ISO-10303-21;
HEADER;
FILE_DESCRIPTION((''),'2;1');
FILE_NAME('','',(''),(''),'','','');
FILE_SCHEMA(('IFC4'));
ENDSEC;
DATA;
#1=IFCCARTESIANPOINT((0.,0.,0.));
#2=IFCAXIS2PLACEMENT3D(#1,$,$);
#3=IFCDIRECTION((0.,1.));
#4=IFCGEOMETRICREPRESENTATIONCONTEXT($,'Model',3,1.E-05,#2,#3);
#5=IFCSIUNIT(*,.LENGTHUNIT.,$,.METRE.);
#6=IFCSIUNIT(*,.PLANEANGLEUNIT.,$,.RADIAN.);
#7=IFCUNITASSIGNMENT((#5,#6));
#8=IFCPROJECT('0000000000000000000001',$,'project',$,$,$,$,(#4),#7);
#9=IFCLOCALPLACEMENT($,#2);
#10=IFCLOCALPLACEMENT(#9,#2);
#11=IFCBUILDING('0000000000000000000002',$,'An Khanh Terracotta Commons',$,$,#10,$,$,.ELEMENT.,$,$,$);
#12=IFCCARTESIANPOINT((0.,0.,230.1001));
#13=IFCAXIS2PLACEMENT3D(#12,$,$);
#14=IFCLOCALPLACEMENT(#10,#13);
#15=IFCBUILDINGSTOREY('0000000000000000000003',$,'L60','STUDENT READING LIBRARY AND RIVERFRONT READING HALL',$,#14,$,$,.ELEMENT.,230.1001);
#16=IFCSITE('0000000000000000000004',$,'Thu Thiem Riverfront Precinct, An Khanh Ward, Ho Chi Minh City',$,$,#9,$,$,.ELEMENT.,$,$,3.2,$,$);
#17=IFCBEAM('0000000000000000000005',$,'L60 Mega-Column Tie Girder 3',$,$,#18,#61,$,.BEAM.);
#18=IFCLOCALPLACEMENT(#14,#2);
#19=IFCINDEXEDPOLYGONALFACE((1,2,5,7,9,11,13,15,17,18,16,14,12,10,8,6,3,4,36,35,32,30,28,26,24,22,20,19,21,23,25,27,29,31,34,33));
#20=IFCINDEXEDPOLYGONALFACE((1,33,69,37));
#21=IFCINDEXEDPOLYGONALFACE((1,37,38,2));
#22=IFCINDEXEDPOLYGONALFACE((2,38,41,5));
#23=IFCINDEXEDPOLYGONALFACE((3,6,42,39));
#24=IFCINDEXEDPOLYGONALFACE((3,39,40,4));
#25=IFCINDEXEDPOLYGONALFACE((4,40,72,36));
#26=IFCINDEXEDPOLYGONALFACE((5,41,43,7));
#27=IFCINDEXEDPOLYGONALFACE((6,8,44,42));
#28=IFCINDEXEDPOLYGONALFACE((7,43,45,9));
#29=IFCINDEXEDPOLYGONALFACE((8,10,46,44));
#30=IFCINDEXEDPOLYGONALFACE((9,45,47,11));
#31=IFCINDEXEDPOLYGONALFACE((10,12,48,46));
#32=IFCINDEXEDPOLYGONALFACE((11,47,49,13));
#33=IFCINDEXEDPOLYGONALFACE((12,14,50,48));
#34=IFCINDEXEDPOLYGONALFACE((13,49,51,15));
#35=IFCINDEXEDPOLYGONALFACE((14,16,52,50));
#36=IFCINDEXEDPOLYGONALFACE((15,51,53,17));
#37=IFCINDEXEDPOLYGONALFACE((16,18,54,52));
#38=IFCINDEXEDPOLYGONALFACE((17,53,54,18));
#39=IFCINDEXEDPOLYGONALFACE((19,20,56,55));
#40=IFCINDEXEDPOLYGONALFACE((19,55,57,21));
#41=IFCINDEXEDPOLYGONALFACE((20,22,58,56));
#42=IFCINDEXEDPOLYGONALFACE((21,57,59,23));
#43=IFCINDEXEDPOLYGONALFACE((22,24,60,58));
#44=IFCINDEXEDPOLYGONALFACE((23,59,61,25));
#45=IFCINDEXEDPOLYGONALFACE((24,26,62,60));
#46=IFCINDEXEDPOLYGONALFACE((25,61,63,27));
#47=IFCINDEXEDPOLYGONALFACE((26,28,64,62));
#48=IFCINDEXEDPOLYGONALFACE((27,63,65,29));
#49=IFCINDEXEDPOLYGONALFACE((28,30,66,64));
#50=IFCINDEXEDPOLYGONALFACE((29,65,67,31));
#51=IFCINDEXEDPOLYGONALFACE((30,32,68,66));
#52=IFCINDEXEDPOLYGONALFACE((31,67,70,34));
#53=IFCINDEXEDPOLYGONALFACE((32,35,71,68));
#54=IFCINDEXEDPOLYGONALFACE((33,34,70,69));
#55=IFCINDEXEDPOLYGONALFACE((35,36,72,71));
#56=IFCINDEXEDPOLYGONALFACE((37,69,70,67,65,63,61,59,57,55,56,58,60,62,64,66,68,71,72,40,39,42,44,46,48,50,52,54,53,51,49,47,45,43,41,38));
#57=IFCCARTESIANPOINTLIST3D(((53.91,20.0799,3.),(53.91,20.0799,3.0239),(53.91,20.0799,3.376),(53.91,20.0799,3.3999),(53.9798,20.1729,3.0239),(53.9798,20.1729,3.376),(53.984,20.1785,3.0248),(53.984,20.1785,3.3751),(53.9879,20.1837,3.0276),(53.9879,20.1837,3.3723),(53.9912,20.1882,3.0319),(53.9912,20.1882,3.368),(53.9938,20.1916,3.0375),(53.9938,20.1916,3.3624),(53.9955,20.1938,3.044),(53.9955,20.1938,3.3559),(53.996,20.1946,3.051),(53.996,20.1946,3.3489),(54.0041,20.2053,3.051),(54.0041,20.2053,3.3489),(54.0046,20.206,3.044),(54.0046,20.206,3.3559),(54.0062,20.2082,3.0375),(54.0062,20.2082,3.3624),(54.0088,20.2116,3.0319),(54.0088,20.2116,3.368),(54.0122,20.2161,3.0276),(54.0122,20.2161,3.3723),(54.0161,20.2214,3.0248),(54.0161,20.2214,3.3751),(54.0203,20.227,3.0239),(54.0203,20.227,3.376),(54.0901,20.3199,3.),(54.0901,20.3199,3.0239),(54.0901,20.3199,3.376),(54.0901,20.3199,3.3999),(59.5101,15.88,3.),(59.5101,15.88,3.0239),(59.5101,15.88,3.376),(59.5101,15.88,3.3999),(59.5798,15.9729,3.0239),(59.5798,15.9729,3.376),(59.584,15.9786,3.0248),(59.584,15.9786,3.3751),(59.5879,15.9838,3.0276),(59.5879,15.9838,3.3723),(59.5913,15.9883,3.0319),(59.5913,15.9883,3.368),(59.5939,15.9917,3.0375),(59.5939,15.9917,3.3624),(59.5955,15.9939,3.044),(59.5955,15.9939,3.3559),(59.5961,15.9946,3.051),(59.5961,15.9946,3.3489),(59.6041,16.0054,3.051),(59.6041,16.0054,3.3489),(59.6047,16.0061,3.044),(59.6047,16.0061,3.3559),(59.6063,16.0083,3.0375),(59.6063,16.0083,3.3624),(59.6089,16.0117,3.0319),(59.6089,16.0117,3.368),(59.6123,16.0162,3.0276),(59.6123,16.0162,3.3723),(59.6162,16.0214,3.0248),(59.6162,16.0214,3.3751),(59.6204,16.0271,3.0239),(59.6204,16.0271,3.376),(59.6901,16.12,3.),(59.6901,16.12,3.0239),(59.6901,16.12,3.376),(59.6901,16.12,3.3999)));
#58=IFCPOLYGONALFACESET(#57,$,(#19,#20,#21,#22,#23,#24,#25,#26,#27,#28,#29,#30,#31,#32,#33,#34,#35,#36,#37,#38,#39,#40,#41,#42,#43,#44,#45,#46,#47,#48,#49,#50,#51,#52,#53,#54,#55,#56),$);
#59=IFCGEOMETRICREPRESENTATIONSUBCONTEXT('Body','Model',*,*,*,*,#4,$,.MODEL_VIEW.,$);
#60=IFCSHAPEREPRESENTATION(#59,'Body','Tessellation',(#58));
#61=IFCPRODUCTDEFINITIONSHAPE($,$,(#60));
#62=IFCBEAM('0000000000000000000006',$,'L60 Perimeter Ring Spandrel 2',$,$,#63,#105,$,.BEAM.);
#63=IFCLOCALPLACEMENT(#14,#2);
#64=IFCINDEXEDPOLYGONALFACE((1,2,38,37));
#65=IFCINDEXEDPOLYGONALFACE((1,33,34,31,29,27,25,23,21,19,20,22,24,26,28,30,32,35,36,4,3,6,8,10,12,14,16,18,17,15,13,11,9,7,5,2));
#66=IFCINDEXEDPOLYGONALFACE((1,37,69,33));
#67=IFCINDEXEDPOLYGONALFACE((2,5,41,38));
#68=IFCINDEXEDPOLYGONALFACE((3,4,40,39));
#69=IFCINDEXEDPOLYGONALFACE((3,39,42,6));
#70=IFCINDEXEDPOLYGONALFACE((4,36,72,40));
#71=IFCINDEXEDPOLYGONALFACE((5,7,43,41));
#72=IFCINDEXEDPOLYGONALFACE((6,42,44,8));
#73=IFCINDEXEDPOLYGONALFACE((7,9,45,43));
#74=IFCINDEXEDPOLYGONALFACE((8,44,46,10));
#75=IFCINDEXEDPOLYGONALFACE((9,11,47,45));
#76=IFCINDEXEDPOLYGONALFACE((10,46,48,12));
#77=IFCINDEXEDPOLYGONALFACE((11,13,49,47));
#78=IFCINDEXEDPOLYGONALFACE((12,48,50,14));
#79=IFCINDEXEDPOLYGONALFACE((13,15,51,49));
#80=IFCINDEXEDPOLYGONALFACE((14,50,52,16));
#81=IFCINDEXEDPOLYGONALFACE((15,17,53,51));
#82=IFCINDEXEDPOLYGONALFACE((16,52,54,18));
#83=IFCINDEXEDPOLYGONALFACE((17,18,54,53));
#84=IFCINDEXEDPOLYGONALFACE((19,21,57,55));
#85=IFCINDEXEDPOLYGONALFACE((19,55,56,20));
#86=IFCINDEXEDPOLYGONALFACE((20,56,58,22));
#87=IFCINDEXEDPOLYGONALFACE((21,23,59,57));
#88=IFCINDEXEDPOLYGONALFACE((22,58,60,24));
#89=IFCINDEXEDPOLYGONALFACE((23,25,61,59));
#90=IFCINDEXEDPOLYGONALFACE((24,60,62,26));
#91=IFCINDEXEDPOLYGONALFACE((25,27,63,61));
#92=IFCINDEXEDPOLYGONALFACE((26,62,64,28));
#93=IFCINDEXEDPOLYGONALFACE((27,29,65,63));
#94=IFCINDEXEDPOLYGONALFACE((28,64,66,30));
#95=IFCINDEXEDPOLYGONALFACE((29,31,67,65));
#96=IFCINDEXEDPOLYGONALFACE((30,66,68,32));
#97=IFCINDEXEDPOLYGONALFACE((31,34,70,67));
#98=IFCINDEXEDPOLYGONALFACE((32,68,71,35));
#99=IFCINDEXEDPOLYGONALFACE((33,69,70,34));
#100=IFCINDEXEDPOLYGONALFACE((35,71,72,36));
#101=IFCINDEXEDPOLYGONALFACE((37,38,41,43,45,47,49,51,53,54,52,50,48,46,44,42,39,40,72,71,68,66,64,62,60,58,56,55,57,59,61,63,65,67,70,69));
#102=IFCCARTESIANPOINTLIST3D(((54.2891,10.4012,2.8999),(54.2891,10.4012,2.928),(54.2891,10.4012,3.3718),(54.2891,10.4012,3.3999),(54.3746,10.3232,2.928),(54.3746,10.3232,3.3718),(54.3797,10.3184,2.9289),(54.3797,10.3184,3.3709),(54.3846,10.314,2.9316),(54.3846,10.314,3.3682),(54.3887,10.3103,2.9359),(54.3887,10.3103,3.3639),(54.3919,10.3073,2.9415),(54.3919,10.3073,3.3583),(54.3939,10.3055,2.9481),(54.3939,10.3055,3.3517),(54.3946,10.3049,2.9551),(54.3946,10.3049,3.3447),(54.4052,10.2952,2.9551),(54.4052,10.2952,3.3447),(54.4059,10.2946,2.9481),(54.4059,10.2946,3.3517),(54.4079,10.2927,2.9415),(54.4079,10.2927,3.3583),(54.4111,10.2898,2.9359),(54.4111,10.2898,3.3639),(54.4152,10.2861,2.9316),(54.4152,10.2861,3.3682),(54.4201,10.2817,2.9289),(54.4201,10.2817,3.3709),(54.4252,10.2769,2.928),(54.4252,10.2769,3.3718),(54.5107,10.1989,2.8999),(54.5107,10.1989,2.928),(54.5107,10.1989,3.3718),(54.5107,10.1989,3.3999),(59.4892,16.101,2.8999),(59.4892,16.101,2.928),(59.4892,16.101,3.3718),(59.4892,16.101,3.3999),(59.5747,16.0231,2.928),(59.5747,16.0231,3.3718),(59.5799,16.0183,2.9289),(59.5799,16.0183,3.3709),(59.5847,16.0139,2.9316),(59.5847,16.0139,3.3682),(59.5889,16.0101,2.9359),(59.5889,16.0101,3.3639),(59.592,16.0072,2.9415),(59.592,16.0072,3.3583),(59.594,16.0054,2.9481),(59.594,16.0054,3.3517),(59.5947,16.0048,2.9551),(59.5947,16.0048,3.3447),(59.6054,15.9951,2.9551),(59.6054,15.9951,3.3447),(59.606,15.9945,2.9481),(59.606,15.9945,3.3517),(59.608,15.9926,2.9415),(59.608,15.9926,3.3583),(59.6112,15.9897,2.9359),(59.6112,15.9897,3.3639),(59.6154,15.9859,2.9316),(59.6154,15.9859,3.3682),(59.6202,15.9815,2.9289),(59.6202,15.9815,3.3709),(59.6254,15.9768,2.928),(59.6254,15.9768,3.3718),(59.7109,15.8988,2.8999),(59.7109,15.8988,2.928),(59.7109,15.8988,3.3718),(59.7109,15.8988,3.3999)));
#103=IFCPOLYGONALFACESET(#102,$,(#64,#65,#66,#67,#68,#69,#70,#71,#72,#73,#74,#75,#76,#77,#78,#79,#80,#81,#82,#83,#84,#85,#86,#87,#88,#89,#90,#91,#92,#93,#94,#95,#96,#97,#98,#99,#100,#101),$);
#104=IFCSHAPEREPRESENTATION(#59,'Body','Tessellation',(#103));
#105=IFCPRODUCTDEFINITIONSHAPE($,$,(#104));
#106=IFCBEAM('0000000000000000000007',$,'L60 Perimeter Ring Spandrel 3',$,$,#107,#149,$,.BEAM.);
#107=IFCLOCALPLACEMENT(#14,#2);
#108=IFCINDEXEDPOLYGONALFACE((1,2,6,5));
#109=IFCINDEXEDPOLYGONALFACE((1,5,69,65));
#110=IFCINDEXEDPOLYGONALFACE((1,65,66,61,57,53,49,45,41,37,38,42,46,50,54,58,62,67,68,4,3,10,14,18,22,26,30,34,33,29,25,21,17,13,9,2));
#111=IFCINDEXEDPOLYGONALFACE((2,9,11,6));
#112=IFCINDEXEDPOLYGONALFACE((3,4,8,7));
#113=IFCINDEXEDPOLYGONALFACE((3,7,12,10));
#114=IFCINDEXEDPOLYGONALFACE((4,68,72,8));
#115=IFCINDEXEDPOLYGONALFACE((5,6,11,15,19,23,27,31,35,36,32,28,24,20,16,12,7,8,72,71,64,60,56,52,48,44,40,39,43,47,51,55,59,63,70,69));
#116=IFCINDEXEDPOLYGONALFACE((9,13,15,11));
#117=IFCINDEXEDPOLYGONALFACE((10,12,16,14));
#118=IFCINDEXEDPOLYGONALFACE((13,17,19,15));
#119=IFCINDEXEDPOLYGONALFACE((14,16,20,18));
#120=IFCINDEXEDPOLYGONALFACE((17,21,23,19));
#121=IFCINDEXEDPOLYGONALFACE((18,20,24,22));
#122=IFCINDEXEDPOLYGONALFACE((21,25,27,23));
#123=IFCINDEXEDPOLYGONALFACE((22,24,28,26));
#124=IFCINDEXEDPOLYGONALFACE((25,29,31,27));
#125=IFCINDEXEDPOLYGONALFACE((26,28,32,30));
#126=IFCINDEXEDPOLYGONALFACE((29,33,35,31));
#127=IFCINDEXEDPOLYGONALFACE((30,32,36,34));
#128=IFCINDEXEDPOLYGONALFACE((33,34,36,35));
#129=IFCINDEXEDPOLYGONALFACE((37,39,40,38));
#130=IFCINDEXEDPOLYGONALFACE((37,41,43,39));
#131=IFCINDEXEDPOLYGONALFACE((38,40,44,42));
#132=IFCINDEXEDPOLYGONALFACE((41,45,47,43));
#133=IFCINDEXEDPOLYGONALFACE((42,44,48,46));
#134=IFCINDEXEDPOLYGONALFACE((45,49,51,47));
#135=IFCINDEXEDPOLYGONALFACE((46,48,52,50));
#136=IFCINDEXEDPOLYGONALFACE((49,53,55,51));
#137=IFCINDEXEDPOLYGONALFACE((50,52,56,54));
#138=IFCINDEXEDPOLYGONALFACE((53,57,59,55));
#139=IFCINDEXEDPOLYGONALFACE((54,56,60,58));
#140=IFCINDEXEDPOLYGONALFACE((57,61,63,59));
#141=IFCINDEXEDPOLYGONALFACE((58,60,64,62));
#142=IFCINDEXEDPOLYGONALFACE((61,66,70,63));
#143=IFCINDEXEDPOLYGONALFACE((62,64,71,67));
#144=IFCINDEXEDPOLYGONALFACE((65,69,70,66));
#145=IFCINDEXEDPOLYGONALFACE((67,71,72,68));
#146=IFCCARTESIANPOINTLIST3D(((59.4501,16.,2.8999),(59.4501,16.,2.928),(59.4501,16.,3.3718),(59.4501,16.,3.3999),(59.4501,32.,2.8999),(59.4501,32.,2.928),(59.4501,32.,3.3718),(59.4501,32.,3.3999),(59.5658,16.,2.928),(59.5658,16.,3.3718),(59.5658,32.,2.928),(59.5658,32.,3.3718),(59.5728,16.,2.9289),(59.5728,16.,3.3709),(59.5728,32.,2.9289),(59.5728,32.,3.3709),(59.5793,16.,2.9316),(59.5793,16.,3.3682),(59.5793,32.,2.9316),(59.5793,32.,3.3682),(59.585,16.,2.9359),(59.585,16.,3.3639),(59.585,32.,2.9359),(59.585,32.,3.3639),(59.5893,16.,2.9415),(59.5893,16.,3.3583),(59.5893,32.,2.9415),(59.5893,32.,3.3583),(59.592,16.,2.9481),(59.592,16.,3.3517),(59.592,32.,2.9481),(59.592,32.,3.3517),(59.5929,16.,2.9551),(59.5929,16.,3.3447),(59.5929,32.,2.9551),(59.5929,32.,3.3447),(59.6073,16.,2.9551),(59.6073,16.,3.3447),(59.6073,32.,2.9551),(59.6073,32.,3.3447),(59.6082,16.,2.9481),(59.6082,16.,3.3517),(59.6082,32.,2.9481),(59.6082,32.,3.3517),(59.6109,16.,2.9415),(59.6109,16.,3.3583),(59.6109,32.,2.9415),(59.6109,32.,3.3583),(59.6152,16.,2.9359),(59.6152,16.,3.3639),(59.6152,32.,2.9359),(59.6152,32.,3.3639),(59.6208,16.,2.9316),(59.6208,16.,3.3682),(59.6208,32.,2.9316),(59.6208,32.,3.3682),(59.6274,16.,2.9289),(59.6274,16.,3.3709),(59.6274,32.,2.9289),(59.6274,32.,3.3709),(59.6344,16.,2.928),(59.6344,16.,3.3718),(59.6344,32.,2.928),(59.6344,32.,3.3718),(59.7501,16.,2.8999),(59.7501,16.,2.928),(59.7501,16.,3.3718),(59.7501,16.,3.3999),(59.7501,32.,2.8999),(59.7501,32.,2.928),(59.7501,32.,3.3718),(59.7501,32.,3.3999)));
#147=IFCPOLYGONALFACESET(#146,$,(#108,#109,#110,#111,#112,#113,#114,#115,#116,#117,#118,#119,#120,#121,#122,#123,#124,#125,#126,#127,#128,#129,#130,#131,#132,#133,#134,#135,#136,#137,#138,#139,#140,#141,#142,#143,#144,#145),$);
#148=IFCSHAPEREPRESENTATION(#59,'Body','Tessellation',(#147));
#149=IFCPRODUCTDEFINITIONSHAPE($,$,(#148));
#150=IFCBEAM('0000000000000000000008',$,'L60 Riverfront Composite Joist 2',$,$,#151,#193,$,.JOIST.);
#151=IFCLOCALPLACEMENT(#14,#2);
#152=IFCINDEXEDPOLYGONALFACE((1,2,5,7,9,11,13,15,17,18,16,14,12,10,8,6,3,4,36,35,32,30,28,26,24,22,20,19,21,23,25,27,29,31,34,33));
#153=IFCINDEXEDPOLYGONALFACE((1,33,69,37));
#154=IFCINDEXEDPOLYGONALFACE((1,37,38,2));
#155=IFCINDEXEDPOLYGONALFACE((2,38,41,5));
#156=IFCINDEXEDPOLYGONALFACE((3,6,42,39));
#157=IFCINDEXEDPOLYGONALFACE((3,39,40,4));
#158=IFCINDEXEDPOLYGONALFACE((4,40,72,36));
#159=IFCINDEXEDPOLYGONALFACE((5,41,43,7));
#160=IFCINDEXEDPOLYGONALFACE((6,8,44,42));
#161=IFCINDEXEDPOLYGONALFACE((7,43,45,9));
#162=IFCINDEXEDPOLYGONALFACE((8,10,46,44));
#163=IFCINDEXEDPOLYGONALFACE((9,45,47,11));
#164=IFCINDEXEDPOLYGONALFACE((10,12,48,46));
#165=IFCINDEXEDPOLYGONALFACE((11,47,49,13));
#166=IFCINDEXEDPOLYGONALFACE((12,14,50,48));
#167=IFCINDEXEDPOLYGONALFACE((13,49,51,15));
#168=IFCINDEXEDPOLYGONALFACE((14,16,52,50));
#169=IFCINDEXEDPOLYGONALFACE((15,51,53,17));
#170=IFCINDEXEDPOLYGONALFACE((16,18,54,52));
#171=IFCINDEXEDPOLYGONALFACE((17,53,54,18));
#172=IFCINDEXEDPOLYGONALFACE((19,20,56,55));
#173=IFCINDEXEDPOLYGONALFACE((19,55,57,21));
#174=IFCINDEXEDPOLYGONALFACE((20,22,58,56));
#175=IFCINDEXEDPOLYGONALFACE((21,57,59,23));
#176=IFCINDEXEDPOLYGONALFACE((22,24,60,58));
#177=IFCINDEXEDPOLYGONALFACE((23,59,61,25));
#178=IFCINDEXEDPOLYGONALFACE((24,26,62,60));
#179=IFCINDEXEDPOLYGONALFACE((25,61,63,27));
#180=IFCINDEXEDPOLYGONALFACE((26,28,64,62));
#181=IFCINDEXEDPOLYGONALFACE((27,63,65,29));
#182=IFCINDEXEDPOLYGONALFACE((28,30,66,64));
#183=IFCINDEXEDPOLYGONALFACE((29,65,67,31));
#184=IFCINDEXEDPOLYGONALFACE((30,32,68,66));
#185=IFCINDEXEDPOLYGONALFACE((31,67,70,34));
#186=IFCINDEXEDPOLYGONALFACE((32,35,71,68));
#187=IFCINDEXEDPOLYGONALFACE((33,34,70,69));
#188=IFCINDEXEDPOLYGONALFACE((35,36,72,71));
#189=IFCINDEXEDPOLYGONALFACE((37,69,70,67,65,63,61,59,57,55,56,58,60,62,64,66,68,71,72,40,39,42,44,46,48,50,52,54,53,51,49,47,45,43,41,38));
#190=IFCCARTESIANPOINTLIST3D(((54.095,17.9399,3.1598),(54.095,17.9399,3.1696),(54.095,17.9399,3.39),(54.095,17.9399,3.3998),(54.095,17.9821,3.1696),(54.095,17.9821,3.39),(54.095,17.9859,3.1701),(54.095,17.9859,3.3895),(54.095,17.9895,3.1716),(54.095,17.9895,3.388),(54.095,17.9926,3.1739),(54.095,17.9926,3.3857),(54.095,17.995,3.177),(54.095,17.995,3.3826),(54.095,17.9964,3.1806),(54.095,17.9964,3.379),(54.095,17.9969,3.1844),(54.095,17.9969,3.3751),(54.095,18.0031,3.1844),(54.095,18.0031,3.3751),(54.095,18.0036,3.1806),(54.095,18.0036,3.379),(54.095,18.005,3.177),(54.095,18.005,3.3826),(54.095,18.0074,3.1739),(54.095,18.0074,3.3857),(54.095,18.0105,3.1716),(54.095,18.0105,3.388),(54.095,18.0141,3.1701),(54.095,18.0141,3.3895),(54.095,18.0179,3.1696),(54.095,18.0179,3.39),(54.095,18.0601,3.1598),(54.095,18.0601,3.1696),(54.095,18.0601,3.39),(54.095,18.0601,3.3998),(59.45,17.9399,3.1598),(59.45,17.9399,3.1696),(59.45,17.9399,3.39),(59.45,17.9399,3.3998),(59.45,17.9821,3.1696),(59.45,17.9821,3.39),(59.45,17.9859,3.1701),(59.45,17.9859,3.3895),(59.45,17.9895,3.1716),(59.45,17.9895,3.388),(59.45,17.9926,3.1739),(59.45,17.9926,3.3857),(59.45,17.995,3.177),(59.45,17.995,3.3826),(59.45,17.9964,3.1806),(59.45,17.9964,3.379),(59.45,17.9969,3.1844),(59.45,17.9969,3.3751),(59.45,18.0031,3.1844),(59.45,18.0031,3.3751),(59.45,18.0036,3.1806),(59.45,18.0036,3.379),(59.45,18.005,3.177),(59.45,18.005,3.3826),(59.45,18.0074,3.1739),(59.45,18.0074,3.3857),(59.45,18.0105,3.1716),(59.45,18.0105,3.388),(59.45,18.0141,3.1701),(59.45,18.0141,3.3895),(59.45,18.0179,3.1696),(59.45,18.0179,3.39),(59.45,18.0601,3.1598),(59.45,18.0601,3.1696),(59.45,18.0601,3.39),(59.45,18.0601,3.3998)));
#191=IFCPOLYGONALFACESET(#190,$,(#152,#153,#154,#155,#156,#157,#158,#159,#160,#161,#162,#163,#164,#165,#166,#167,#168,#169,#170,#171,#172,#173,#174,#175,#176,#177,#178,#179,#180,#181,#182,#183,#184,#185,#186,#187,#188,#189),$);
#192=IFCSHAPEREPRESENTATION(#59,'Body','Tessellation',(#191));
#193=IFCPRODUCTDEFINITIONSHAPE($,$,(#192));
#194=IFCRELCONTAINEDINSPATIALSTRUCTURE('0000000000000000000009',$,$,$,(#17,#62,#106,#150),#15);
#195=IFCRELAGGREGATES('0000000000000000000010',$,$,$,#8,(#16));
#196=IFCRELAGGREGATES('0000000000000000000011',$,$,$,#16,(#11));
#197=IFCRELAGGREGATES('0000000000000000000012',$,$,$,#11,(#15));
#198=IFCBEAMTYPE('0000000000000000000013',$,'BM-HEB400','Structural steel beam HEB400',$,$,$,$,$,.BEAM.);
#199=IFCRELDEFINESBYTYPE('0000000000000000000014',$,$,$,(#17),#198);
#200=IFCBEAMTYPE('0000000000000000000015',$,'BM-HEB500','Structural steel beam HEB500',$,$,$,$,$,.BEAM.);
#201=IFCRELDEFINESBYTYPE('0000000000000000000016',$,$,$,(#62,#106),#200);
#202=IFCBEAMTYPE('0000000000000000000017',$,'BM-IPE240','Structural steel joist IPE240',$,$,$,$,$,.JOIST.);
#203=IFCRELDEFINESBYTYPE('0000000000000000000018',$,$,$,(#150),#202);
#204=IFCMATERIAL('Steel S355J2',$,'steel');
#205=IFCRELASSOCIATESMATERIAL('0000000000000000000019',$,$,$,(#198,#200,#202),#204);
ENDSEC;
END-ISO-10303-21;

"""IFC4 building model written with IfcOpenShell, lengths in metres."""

from ifc_helpers import new_model, si_unit, direction, frame, origin, origin_2d, place, context, subcontext, project, spatial, i_section, extrude, material, material_profile, profile_set, type_object, element, save


model = new_model("IFC4")

# Units and contexts
model_context = context("Model", 3, precision=1e-05, world=origin(), true_north=direction((0.0, 1.0)))
body_context = subcontext(model_context, "Body", "Model", "MODEL_VIEW")
ifc_project = project(units=[si_unit("LENGTHUNIT", "METRE"), si_unit("PLANEANGLEUNIT", "RADIAN")], contexts=[model_context])

# Site, building, storey
site_placement = place(None, origin())
site = spatial("IfcSite", under=ifc_project, at=site_placement, Name="Thu Thiem Riverfront Precinct, An Khanh Ward, Ho Chi Minh City", CompositionType="ELEMENT", RefElevation=3.2)
building_placement = place(site_placement, origin())
building = spatial("IfcBuilding", under=site, at=building_placement, Name="An Khanh Terracotta Commons", CompositionType="ELEMENT")
storey_placement = place(building_placement, frame((0.0, 0.0, 230.1001)))
storey = spatial("IfcBuildingStorey", under=building, at=storey_placement, Name="L60", Description="STUDENT READING LIBRARY AND RIVERFRONT READING HALL", CompositionType="ELEMENT", Elevation=230.1001)

# Beams
ifc_material_1 = material(Name="Steel S355J2", Category="steel")
ifc_material_profile_1 = material_profile(ifc_material_1, i_section(OverallWidth=0.3, OverallDepth=0.3999, WebThickness=0.0134, FlangeThickness=0.0239, FilletRadius=0.0271, at=origin_2d()), Name="HEB400")
ifc_profile_set_1 = profile_set([ifc_material_profile_1], Name="Steel S355J2")
beam_type_1 = type_object("IfcBeamType", Name="BM-HEB400", Description="Structural steel beam HEB400", PredefinedType="BEAM", material=ifc_profile_set_1)
beam_1_placement = place(storey_placement, frame((59.6001, 16.0, 3.2), z_axis=(-0.800008, 0.599989, 0.0), x_axis=(-0.599989, -0.800008, 0.0)))
element("IfcBeam", 1, at=beam_1_placement, inside=storey, type_object=beam_type_1, Name="L60 Mega-Column Tie Girder 3", PredefinedType="BEAM", context=body_context, shape_type="SweptSolid", body=[
    extrude(i_section(OverallWidth=0.3, OverallDepth=0.3999, WebThickness=0.0134, FlangeThickness=0.0239, FilletRadius=0.0271, at=origin_2d()), origin(), (0.0, 0.0, 1.0), 7.0),
])
ifc_material_profile_2 = material_profile(ifc_material_1, i_section(OverallWidth=0.3, OverallDepth=0.5, WebThickness=0.0144, FlangeThickness=0.0281, FilletRadius=0.0271, at=origin_2d()), Name="HEB500")
ifc_profile_set_2 = profile_set([ifc_material_profile_2], Name="Steel S355J2")
beam_type_2 = type_object("IfcBeamType", Name="BM-HEB500", Description="Structural steel beam HEB500", PredefinedType="BEAM", material=ifc_profile_set_2)
beam_2_placement = place(storey_placement, frame((54.3999, 10.3, 3.1499), z_axis=(0.673979, 0.738751, 0.0), x_axis=(-0.738751, 0.673979, 0.0)))
element("IfcBeam", 2, at=beam_2_placement, inside=storey, type_object=beam_type_2, Name="L60 Perimeter Ring Spandrel 2", PredefinedType="BEAM", context=body_context, shape_type="SweptSolid", body=[
    extrude(i_section(OverallWidth=0.3, OverallDepth=0.5, WebThickness=0.0144, FlangeThickness=0.0281, FilletRadius=0.0271, at=origin_2d()), origin(), (0.0, 0.0, 1.0), 7.7156),
])
beam_3_placement = place(storey_placement, frame((59.6001, 16.0, 3.1499), z_axis=(0.0, 1.0, 0.0), x_axis=(-1.0, 0.0, 0.0)))
element("IfcBeam", 3, at=beam_3_placement, inside=storey, type_object=beam_type_2, Name="L60 Perimeter Ring Spandrel 3", PredefinedType="BEAM", context=body_context, shape_type="SweptSolid", body=[
    extrude(i_section(OverallWidth=0.3, OverallDepth=0.5, WebThickness=0.0144, FlangeThickness=0.0281, FilletRadius=0.0271, at=origin_2d()), origin(), (0.0, 0.0, 1.0), 16.0),
])
ifc_material_profile_3 = material_profile(ifc_material_1, i_section(OverallWidth=0.1201, OverallDepth=0.24, WebThickness=0.0061, FlangeThickness=0.0098, FilletRadius=0.0149, at=origin_2d()), Name="IPE240")
ifc_profile_set_3 = profile_set([ifc_material_profile_3], Name="Steel S355J2")
beam_type_3 = type_object("IfcBeamType", Name="BM-IPE240", Description="Structural steel joist IPE240", PredefinedType="JOIST", material=ifc_profile_set_3)
for number, where, z_axis, x_axis, name in (
    (4, (54.095, 18.0, 3.2798), (1.0, 0.0, 0.0), (0.0, 1.0, 0.0), "L60 Riverfront Composite Joist 2"),
):
    element("IfcBeam", number, at=place(storey_placement, frame(where, z_axis=z_axis, x_axis=x_axis)), inside=storey, type_object=beam_type_3, Name=name, PredefinedType="JOIST", context=body_context, shape_type="SweptSolid", body=[
        extrude(i_section(OverallWidth=0.1201, OverallDepth=0.24, WebThickness=0.0061, FlangeThickness=0.0098, FilletRadius=0.0149, at=origin_2d()), origin(), (0.0, 0.0, 1.0), 5.355),
    ])

save(model, "model.ifc")
